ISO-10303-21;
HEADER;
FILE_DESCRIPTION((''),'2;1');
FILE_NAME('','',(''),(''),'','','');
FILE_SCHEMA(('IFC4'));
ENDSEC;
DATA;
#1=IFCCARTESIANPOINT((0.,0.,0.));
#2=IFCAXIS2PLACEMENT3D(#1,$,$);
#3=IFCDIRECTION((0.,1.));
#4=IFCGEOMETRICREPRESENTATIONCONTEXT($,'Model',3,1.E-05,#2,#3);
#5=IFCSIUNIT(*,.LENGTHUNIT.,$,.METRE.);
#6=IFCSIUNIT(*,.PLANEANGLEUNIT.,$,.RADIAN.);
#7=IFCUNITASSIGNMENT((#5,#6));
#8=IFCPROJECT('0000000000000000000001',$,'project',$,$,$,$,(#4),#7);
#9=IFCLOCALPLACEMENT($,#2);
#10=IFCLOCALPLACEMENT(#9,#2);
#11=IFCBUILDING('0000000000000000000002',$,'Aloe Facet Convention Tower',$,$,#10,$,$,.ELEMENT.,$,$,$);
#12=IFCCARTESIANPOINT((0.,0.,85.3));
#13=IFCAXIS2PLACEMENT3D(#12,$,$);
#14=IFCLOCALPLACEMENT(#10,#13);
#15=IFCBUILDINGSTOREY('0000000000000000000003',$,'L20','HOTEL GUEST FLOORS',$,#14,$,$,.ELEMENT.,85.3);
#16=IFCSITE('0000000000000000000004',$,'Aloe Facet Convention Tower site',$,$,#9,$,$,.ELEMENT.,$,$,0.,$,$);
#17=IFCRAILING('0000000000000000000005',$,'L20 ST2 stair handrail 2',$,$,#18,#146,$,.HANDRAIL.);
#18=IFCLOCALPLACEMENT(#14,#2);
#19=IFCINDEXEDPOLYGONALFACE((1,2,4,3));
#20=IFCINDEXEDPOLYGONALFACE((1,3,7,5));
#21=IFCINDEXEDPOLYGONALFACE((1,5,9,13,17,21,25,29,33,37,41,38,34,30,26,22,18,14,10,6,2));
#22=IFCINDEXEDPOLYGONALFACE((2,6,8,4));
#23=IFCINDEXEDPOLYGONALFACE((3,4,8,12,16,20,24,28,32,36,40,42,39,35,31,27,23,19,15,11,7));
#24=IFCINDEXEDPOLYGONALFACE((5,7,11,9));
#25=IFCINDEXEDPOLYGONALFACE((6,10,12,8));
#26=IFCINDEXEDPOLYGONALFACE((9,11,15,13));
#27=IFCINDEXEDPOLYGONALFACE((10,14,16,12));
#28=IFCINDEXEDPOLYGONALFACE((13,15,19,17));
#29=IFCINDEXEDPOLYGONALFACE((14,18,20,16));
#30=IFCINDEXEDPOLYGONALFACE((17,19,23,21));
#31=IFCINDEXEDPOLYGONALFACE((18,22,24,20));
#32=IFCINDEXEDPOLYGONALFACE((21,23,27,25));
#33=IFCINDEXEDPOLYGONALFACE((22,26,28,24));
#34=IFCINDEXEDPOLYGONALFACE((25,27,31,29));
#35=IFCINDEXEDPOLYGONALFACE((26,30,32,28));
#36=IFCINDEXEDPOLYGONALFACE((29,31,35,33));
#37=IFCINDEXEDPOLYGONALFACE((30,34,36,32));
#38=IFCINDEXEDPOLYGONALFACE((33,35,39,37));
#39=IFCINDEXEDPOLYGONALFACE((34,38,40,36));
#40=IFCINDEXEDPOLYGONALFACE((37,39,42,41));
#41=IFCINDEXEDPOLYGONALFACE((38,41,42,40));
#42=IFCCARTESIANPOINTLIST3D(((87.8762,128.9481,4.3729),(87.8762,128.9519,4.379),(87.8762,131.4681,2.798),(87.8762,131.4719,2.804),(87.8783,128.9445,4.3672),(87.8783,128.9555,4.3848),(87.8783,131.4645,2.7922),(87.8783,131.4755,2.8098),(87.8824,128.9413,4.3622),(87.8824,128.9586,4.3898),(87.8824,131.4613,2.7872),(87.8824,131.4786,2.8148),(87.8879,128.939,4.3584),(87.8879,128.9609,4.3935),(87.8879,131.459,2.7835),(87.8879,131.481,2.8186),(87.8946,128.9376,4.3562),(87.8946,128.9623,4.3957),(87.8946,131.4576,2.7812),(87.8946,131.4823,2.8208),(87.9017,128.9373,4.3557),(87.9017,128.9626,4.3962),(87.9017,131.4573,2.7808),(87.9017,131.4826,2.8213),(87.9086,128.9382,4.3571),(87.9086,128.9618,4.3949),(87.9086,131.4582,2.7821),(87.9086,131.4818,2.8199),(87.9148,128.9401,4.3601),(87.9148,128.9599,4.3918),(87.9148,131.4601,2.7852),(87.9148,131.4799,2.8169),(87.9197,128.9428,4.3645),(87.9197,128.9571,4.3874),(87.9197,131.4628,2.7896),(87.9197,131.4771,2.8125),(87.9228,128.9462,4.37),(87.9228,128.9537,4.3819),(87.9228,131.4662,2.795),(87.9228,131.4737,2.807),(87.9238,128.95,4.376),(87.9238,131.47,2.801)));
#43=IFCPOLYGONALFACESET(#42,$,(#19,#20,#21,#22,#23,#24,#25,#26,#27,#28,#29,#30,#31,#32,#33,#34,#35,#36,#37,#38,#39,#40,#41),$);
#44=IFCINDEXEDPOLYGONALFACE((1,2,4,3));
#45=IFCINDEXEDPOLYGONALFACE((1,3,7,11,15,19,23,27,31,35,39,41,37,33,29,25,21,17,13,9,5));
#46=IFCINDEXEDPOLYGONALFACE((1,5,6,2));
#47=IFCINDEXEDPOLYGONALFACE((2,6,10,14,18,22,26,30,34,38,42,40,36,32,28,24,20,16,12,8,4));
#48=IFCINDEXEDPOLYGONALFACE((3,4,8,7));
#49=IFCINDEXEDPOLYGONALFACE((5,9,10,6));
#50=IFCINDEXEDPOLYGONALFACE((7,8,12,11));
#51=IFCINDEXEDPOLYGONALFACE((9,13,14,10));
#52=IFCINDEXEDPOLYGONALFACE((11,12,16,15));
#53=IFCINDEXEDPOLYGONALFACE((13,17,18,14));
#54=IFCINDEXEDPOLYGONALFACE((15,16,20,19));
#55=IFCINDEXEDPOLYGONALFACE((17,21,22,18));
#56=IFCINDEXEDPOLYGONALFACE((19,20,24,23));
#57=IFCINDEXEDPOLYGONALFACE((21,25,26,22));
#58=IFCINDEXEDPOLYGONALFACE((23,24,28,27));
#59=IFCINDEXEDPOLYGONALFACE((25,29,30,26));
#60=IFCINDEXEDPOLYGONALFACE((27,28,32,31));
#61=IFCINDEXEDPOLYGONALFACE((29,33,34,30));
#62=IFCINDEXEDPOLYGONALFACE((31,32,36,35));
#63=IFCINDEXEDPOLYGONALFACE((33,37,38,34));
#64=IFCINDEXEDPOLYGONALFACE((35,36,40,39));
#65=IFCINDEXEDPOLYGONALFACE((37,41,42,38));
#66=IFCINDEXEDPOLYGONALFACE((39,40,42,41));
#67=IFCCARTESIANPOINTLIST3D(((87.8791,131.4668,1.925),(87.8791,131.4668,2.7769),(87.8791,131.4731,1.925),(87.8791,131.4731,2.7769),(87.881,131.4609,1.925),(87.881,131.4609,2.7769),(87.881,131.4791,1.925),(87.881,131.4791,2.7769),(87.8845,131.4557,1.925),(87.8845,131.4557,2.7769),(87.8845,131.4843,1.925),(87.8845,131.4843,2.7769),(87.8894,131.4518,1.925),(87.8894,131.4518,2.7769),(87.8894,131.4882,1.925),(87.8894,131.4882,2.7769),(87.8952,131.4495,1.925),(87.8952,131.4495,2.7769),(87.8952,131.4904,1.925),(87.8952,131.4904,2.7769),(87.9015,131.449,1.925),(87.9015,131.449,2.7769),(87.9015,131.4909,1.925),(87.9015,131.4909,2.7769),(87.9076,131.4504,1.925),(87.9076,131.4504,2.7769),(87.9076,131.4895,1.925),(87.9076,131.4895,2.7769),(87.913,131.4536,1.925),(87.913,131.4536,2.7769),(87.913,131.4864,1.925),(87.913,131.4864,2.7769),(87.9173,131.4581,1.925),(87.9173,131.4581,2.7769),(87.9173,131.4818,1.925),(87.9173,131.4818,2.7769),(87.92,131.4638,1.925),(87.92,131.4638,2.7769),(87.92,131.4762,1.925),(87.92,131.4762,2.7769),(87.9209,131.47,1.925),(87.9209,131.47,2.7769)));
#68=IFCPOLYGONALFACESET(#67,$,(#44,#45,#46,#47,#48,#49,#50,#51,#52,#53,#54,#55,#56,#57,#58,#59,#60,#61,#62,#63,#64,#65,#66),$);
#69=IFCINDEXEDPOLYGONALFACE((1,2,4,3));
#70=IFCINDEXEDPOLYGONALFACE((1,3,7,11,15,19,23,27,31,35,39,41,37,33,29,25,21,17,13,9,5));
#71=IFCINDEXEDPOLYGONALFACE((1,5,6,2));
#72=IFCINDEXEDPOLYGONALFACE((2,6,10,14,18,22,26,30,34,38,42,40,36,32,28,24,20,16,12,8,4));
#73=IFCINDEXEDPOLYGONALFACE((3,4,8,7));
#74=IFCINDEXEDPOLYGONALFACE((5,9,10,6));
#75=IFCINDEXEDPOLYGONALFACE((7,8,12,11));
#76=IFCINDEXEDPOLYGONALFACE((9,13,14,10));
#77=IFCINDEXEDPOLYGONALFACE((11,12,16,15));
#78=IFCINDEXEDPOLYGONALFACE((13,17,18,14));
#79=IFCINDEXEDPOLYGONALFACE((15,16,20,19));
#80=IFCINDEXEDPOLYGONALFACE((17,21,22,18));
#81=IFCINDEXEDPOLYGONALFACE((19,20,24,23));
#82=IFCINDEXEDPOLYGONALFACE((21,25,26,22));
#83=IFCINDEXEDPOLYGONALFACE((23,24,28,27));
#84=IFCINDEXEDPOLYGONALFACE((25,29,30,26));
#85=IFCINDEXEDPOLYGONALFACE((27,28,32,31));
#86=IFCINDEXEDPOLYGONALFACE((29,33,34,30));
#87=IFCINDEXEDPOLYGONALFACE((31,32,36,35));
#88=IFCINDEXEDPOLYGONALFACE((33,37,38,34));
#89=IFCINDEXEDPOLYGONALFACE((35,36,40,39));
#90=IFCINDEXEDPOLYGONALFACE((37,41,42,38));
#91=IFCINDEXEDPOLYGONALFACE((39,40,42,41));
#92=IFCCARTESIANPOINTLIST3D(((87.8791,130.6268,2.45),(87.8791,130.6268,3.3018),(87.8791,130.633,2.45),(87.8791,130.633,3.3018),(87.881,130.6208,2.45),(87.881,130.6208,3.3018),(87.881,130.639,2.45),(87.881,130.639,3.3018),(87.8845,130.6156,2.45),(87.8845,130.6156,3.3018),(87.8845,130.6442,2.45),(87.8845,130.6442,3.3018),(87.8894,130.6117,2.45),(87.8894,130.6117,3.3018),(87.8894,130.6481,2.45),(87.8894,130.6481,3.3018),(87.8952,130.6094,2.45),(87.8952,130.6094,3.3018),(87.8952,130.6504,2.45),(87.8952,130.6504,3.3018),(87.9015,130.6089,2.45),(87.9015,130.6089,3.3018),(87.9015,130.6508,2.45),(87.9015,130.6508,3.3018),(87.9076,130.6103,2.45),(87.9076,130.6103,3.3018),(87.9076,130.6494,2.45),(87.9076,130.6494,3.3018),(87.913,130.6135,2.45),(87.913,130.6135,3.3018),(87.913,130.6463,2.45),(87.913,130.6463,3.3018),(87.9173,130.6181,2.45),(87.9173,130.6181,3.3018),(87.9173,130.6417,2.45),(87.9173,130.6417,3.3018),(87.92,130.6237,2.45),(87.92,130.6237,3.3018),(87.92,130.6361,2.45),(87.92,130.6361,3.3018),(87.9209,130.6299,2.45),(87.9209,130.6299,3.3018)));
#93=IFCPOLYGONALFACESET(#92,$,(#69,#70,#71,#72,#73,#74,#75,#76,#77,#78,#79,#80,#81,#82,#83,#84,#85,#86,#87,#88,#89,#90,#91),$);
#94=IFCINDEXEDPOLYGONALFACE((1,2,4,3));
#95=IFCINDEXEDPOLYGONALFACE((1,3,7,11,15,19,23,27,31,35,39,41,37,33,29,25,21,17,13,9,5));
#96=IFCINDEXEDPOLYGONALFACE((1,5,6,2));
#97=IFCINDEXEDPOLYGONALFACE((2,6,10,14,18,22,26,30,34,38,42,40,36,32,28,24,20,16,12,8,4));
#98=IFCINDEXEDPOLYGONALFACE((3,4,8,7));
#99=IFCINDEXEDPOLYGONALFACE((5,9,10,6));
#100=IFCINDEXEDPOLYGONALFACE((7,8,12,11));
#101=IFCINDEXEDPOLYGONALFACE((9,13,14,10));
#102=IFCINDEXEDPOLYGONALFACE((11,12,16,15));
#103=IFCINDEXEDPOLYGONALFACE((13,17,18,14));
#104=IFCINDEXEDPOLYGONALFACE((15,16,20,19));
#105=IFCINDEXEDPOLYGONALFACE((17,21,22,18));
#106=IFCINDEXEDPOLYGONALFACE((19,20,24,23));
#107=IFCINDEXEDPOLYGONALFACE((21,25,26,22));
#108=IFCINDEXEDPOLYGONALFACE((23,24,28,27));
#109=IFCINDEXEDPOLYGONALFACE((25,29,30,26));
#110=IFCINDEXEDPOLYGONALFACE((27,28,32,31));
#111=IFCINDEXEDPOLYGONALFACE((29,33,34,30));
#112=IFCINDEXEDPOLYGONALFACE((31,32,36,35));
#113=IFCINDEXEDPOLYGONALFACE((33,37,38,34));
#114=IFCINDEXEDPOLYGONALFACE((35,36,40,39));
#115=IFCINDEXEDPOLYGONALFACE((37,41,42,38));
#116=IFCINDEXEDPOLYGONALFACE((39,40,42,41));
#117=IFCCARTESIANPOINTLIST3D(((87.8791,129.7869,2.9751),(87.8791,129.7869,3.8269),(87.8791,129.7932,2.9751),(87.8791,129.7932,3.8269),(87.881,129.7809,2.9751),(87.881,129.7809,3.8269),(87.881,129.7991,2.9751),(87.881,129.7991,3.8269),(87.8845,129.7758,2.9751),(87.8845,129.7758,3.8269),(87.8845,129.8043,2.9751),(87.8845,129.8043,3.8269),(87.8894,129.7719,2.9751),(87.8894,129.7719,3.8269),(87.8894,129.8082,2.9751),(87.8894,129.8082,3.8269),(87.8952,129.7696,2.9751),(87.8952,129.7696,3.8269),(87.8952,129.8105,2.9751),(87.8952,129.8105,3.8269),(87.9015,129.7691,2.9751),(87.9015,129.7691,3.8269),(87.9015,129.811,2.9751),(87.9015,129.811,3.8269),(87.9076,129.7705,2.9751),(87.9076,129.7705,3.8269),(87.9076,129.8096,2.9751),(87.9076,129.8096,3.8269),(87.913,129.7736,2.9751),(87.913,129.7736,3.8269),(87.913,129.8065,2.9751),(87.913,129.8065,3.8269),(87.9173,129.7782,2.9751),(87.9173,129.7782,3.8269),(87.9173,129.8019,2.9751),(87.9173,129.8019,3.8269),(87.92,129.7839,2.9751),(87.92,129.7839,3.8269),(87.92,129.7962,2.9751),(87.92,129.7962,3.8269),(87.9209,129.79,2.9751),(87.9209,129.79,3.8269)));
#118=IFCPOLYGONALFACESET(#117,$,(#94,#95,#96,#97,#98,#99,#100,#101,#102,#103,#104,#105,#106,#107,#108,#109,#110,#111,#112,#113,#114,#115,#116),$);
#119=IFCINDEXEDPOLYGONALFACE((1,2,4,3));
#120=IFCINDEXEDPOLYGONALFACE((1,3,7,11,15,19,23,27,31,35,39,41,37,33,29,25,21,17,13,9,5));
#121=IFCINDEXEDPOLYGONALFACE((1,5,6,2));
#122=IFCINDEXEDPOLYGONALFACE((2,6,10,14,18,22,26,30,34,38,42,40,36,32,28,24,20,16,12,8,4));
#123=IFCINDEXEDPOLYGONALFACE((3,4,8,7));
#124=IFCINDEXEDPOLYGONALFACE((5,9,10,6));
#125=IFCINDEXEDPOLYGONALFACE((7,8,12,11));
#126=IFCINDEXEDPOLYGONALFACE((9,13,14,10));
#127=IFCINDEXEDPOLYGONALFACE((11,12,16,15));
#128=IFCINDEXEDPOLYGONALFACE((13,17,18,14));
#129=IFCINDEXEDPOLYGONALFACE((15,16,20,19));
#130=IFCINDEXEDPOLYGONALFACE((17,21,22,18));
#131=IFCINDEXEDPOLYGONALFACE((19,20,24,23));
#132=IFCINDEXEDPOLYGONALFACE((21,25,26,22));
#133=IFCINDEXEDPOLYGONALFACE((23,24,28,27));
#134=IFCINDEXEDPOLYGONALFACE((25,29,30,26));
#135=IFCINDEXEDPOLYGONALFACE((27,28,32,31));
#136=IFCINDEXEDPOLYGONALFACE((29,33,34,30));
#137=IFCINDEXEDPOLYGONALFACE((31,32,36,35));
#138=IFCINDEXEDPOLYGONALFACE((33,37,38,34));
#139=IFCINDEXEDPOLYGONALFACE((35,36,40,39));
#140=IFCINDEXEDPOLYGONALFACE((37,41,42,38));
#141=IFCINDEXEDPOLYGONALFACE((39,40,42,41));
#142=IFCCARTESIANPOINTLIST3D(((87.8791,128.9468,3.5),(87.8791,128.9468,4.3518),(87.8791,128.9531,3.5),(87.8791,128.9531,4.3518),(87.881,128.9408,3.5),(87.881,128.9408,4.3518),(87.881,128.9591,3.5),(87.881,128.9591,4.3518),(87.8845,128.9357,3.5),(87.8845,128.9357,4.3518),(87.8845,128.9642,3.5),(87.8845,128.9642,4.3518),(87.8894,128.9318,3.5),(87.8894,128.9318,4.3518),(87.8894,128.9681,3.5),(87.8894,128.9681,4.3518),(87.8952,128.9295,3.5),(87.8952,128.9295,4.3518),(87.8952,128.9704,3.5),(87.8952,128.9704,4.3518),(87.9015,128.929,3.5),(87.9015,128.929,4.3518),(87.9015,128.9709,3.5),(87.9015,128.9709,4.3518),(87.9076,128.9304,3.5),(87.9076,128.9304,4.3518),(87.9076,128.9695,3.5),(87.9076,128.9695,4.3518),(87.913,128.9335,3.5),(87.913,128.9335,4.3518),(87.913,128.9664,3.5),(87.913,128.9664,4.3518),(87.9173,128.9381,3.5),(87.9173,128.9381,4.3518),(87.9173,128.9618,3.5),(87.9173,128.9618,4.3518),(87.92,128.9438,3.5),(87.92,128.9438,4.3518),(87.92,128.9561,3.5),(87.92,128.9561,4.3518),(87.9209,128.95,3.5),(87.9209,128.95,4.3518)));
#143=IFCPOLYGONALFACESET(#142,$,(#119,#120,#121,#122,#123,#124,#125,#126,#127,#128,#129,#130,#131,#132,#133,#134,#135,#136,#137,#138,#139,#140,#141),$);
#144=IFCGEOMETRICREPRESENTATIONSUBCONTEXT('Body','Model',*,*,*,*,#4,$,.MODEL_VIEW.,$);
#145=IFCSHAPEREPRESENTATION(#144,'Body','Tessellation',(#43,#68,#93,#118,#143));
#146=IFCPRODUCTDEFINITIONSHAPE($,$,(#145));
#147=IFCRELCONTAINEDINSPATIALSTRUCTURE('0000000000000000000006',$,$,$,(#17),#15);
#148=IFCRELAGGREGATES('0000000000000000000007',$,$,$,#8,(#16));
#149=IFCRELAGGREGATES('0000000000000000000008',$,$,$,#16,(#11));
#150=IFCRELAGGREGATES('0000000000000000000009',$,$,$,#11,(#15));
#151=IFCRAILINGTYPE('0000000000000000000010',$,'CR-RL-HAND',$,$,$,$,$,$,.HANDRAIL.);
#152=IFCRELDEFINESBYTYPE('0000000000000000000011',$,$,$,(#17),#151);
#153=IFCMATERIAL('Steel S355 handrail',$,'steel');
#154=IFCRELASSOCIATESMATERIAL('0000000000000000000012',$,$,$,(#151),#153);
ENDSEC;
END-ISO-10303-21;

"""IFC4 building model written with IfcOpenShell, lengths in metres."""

from ifc_helpers import new_model, si_unit, direction, frame, origin, origin_2d, place, context, subcontext, project, spatial, circle, extrude, material, type_object, element, save


model = new_model("IFC4")

# Units and contexts
model_context = context("Model", 3, precision=1e-05, world=origin(), true_north=direction((0.0, 1.0)))
body_context = subcontext(model_context, "Body", "Model", "MODEL_VIEW")
ifc_project = project(units=[si_unit("LENGTHUNIT", "METRE"), si_unit("PLANEANGLEUNIT", "RADIAN")], contexts=[model_context])

# Site, building, storey
site_placement = place(None, origin())
site = spatial("IfcSite", under=ifc_project, at=site_placement, Name="Aloe Facet Convention Tower site", CompositionType="ELEMENT", RefElevation=0.0)
building_placement = place(site_placement, origin())
building = spatial("IfcBuilding", under=site, at=building_placement, Name="Aloe Facet Convention Tower", CompositionType="ELEMENT")
storey_placement = place(building_placement, frame((0.0, 0.0, 85.3)))
storey = spatial("IfcBuildingStorey", under=building, at=storey_placement, Name="L20", Description="HOTEL GUEST FLOORS", CompositionType="ELEMENT", Elevation=85.3)

# Railing
ifc_material_1 = material(Name="Steel S355 handrail", Category="steel")
railing_type_1 = type_object("IfcRailingType", Name="CR-RL-HAND", PredefinedType="HANDRAIL", material=ifc_material_1)
railing_1_placement = place(storey_placement, frame((87.8999, 131.47, 1.925)))
element("IfcRailing", 1, at=railing_1_placement, inside=storey, type_object=railing_type_1, Name="L20 ST2 stair handrail 2", PredefinedType="HANDRAIL", context=body_context, shape_type="SweptSolid", body=[
    extrude(circle(Radius=0.0239, at=origin_2d()), frame((0.0, 0.0, 0.876), z_axis=(0.0, -0.848008, 0.529984), x_axis=(1.0, 0.0, 0.0)), (0.0, 0.0, 1.0), 2.9717),
    extrude(circle(Radius=0.021, at=origin_2d()), origin(), (0.0, 0.0, 1.0), 0.8518),
    extrude(circle(Radius=0.021, at=origin_2d()), frame((0.0, -0.8401, 0.5249)), (0.0, 0.0, 1.0), 0.8518),
    extrude(circle(Radius=0.021, at=origin_2d()), frame((0.0, -1.6799, 1.05)), (0.0, 0.0, 1.0), 0.8518),
    extrude(circle(Radius=0.021, at=origin_2d()), frame((0.0, -2.52, 1.575)), (0.0, 0.0, 1.0), 0.8518),
])

save(model, "model.ifc")
